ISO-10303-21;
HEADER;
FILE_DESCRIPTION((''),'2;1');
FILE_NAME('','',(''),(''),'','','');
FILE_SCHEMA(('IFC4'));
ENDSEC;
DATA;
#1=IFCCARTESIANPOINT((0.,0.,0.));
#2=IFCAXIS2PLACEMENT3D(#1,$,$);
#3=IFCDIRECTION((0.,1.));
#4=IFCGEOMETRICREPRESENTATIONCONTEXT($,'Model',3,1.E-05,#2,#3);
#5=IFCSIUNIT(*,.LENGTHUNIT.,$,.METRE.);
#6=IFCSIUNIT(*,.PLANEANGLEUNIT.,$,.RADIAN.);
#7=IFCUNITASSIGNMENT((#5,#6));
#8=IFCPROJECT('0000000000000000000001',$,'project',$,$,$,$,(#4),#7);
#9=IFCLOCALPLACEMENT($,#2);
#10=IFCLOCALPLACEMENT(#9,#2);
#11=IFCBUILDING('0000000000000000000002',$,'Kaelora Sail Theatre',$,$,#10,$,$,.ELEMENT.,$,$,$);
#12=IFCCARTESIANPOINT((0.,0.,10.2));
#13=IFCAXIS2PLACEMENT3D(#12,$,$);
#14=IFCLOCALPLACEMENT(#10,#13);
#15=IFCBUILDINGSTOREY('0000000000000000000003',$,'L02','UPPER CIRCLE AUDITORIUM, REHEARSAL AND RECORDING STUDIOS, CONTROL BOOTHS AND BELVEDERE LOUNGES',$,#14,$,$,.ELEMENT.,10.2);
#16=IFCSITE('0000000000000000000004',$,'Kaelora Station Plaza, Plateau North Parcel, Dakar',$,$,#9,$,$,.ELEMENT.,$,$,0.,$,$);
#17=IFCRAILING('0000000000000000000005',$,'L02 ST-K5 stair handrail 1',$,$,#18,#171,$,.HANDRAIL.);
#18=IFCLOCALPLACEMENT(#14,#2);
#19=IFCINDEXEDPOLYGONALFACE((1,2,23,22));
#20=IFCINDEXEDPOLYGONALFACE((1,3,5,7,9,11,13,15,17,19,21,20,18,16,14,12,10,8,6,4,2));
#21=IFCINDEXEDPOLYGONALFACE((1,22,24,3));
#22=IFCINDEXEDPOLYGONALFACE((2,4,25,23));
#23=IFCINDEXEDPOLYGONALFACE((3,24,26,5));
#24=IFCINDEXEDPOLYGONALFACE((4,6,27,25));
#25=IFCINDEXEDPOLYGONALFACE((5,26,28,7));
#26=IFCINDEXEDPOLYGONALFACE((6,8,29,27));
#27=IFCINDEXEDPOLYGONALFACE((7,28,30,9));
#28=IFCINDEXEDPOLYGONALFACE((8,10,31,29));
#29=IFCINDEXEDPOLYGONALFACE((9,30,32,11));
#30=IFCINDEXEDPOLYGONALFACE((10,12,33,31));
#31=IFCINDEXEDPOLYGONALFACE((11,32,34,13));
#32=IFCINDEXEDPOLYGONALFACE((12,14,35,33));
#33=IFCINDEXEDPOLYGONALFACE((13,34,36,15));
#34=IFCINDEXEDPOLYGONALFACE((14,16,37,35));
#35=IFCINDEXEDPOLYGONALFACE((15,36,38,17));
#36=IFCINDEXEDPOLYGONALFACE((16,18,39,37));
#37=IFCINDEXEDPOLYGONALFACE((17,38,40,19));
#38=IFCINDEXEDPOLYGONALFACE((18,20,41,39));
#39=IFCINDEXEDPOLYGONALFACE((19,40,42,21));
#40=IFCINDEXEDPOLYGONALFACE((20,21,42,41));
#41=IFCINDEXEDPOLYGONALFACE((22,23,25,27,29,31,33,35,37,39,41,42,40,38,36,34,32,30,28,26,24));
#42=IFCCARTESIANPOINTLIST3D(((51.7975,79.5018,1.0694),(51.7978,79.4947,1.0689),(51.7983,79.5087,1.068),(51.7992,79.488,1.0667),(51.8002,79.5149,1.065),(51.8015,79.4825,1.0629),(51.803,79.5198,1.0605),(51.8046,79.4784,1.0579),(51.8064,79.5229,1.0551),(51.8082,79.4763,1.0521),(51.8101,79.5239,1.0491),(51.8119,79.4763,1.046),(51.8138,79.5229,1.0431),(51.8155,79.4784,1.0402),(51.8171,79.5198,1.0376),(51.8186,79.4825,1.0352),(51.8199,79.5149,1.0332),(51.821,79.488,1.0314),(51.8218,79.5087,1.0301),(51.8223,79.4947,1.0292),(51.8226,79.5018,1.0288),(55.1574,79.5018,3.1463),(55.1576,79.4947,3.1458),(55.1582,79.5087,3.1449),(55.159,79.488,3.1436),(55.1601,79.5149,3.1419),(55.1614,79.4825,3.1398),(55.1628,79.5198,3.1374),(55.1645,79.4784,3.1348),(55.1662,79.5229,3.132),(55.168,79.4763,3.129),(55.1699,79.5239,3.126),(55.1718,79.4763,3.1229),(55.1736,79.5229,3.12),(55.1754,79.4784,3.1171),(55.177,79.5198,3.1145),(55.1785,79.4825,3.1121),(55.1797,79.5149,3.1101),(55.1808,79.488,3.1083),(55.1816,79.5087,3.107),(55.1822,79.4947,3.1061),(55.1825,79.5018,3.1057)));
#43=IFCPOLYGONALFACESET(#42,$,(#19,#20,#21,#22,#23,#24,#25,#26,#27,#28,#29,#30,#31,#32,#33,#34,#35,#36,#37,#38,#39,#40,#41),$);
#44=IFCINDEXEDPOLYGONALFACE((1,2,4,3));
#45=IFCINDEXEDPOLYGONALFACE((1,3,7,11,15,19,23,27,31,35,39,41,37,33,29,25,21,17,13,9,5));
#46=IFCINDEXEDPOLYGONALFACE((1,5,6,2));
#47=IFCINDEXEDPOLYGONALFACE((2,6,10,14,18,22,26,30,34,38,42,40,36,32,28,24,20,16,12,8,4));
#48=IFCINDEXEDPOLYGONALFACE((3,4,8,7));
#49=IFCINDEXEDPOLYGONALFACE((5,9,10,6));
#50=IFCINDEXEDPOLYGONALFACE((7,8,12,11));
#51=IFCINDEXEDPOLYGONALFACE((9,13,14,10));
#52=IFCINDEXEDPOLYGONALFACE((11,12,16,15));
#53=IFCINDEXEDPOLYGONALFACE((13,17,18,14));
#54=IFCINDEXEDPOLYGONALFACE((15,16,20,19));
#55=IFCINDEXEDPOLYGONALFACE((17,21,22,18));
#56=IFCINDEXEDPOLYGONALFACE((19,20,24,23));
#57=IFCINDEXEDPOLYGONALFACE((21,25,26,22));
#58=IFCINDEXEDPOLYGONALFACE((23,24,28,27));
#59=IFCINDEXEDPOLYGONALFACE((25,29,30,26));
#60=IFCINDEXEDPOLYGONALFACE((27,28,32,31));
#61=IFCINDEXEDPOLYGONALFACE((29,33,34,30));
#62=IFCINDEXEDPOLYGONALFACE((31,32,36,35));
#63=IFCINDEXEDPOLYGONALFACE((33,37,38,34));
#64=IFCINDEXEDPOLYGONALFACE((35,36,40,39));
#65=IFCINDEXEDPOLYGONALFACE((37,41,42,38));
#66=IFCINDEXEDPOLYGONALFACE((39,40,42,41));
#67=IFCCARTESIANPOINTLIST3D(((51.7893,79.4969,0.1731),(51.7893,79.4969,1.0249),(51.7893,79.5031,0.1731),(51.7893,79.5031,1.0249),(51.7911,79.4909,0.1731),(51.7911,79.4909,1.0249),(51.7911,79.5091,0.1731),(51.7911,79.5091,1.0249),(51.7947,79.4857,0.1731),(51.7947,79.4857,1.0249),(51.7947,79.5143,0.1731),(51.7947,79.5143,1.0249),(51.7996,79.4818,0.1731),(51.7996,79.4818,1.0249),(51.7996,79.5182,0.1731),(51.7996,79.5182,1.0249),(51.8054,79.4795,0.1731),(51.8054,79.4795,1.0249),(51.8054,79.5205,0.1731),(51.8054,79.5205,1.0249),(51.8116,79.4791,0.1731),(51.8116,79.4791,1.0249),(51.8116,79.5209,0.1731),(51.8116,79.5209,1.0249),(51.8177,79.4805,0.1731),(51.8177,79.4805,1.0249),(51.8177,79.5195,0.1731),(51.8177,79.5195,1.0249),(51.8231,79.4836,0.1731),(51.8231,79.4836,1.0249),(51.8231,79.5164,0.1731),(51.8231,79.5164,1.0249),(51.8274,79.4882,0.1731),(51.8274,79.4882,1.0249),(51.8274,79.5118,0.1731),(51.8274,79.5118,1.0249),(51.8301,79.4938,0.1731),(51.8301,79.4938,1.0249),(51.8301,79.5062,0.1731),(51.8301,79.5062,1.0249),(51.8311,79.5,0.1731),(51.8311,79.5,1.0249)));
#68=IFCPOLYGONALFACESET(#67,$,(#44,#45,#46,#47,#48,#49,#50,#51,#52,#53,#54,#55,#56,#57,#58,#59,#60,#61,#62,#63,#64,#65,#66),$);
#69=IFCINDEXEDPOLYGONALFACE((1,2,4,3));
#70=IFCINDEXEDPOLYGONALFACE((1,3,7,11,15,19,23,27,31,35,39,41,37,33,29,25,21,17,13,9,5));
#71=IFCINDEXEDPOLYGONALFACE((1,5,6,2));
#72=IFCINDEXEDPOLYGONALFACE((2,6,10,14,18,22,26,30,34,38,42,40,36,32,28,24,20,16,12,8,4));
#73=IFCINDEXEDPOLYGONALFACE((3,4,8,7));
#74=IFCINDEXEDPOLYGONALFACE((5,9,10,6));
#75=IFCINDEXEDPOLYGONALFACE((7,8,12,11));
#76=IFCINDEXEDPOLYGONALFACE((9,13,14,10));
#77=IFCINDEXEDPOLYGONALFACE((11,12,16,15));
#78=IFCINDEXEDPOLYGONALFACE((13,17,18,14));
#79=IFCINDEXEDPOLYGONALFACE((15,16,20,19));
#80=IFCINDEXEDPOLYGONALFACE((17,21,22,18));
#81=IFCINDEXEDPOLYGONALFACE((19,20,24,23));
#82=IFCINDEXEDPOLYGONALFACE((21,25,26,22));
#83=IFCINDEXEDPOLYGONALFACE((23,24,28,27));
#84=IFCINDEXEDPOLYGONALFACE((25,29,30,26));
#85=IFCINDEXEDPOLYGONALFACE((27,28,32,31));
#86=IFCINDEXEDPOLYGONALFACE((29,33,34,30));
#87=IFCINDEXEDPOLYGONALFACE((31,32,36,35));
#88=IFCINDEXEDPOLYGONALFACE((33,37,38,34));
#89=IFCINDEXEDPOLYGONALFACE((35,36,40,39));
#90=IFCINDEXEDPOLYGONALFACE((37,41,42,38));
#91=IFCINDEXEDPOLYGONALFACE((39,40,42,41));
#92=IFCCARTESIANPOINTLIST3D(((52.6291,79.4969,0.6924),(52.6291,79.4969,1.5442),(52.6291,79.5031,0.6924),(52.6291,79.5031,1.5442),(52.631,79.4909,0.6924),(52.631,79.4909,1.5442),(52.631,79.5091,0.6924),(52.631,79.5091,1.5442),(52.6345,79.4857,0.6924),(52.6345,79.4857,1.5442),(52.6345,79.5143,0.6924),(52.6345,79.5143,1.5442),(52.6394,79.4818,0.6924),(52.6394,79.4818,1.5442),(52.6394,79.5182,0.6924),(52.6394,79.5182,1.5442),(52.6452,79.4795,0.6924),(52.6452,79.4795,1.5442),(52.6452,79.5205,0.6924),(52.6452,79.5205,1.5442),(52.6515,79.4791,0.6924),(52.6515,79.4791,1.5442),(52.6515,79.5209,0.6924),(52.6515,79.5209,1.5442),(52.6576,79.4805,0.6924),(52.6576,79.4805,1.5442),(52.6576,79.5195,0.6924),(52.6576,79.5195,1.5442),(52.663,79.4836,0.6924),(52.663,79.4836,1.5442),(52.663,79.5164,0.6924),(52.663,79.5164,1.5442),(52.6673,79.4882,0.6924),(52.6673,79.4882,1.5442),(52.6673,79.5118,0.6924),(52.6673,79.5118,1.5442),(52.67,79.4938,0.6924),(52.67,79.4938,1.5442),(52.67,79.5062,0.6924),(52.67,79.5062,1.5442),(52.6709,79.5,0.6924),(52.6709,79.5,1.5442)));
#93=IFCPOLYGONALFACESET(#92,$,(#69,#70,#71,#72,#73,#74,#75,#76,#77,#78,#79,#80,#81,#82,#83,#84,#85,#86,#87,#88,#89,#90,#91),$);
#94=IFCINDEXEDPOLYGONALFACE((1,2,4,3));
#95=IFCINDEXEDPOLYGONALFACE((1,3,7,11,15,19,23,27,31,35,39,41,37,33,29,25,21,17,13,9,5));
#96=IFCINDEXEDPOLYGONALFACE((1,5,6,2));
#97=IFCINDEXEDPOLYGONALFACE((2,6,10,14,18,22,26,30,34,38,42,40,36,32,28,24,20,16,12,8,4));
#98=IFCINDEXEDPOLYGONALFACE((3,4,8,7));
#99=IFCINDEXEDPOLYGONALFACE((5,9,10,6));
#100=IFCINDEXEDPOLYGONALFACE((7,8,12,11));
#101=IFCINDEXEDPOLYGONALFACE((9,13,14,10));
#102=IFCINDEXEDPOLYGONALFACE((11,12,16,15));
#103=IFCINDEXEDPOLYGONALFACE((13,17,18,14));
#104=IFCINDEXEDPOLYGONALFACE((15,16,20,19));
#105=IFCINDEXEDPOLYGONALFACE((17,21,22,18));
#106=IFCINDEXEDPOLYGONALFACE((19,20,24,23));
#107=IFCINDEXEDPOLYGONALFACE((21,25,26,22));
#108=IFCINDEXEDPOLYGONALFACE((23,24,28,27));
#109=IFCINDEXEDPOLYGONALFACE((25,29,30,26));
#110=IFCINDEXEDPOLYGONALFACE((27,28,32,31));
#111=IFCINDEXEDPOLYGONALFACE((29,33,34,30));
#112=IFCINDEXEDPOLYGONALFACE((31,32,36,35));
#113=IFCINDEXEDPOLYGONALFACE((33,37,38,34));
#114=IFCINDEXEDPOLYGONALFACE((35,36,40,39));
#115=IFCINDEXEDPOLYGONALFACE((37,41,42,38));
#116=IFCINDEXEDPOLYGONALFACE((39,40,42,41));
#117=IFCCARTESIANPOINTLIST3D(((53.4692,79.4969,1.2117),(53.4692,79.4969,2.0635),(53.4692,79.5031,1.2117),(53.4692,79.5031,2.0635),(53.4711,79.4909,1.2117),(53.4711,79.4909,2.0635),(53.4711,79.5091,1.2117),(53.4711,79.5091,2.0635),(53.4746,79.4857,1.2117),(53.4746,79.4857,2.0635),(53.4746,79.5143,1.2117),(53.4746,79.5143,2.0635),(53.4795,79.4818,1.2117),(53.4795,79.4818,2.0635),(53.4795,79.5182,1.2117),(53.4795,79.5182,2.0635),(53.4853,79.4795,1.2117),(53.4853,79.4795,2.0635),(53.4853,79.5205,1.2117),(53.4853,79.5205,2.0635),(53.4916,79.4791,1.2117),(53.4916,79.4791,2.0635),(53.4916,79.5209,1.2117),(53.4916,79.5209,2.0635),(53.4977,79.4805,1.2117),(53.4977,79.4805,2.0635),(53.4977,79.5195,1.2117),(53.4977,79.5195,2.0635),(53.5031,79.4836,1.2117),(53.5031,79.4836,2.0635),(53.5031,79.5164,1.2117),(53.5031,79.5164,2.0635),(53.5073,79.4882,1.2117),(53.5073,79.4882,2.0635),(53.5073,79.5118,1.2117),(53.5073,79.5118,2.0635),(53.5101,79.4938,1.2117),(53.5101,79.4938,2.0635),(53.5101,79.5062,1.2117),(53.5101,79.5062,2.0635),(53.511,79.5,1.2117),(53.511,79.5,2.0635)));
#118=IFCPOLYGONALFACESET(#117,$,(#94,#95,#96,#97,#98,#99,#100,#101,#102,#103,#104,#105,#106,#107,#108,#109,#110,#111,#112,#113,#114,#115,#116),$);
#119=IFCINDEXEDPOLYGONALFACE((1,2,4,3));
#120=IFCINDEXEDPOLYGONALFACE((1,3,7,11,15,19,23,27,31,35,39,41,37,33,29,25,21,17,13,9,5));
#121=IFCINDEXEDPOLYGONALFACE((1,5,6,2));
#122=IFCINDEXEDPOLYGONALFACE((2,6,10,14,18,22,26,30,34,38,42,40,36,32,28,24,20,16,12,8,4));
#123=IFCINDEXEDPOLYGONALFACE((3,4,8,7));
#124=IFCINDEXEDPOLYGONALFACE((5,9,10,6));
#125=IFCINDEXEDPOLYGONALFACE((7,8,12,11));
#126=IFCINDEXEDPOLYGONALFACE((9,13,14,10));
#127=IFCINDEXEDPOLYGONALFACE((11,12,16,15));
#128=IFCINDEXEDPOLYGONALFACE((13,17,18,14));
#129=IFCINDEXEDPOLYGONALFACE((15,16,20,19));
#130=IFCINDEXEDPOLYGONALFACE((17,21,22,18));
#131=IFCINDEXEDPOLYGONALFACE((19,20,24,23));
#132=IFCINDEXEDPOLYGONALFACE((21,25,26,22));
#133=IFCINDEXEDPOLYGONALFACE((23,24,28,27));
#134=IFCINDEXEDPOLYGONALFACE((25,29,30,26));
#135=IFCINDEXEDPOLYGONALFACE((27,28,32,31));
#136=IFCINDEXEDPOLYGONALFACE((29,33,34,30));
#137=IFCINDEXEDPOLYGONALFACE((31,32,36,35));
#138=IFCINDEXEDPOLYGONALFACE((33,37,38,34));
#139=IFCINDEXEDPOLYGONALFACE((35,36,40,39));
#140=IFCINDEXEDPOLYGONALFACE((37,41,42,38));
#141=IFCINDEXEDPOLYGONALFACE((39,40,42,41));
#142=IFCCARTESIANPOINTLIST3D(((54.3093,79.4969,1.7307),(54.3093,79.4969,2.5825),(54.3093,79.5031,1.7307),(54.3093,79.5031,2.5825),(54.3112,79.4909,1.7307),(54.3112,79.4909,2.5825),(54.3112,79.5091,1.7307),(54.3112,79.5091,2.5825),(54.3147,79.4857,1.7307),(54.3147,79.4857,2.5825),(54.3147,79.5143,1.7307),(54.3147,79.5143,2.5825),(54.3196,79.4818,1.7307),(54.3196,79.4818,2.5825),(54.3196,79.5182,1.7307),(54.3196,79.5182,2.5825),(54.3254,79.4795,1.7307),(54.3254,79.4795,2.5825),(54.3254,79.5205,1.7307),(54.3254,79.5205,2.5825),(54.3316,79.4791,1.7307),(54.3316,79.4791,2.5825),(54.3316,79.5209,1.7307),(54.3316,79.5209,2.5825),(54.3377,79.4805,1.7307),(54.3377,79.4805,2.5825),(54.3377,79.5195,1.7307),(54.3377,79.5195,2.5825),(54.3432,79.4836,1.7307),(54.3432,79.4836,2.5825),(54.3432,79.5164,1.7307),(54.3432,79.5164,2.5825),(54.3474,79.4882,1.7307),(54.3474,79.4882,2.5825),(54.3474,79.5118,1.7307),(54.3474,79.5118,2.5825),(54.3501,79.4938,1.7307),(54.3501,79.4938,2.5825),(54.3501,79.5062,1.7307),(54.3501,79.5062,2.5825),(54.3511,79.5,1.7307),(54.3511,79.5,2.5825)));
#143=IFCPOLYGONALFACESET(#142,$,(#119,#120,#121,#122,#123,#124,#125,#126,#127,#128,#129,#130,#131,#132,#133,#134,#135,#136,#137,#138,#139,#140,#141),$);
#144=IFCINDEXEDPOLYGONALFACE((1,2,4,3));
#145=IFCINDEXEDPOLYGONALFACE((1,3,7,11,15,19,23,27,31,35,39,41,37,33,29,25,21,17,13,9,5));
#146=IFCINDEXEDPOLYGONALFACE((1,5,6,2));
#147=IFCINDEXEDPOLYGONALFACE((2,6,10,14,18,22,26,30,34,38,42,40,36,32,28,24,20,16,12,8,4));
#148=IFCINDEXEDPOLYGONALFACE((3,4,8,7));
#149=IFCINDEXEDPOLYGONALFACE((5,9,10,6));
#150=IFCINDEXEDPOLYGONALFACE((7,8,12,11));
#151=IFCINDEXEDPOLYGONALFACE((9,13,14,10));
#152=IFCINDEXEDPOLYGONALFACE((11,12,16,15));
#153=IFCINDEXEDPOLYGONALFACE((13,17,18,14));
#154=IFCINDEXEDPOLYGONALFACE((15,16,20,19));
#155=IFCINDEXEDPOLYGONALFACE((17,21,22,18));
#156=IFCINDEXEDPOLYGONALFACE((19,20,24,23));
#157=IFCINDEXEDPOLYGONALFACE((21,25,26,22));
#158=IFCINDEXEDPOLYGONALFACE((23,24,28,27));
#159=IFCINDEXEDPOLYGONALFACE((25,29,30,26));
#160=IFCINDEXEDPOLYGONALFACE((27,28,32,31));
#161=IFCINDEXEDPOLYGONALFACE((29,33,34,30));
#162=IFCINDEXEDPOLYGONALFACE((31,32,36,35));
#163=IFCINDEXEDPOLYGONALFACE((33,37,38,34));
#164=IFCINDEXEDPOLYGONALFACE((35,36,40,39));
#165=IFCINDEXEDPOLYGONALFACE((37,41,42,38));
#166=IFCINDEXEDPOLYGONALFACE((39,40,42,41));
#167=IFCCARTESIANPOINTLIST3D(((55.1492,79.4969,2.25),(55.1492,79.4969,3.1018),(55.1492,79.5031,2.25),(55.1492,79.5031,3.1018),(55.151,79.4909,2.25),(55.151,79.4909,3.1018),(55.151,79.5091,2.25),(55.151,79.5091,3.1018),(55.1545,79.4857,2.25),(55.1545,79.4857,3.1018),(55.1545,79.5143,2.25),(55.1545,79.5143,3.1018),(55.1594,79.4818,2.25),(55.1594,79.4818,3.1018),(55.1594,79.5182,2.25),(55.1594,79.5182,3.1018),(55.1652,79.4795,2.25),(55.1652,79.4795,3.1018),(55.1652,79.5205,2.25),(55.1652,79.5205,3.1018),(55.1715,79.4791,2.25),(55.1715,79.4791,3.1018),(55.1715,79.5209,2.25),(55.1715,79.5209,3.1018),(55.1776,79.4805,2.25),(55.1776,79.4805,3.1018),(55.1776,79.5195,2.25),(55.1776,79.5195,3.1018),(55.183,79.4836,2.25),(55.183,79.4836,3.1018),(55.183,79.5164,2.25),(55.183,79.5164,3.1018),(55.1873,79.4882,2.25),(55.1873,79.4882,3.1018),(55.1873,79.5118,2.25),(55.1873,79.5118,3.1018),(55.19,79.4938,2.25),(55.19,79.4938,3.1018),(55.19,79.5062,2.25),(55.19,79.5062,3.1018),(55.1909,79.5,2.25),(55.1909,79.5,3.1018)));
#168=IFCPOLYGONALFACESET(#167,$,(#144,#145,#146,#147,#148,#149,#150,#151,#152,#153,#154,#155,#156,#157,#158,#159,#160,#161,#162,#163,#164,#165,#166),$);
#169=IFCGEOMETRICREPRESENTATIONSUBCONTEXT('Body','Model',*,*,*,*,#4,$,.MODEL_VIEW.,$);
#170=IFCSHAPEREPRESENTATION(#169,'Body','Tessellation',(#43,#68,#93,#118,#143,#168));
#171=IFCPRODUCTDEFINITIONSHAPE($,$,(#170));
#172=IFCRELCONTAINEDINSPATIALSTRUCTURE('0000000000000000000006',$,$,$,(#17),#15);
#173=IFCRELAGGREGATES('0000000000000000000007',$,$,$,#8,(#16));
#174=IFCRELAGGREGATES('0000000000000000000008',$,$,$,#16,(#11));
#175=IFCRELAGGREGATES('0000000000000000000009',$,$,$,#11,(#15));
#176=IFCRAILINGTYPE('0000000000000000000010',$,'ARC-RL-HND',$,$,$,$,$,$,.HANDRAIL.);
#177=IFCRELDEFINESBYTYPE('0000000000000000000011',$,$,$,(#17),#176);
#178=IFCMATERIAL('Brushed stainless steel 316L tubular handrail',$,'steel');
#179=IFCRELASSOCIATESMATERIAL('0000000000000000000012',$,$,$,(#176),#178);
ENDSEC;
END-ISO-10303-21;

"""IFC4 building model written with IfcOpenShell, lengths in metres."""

from ifc_helpers import new_model, si_unit, direction, frame, origin, origin_2d, place, context, subcontext, project, spatial, circle, extrude, material, type_object, element, save


model = new_model("IFC4")

# Units and contexts
model_context = context("Model", 3, precision=1e-05, world=origin(), true_north=direction((0.0, 1.0)))
body_context = subcontext(model_context, "Body", "Model", "MODEL_VIEW")
ifc_project = project(units=[si_unit("LENGTHUNIT", "METRE"), si_unit("PLANEANGLEUNIT", "RADIAN")], contexts=[model_context])

# Site, building, storey
site_placement = place(None, origin())
site = spatial("IfcSite", under=ifc_project, at=site_placement, Name="Kaelora Station Plaza, Plateau North Parcel, Dakar", CompositionType="ELEMENT", RefElevation=0.0)
building_placement = place(site_placement, origin())
building = spatial("IfcBuilding", under=site, at=building_placement, Name="Kaelora Sail Theatre", CompositionType="ELEMENT")
storey_placement = place(building_placement, frame((0.0, 0.0, 10.2)))
storey = spatial("IfcBuildingStorey", under=building, at=storey_placement, Name="L02", Description="UPPER CIRCLE AUDITORIUM, REHEARSAL AND RECORDING STUDIOS, CONTROL BOOTHS AND BELVEDERE LOUNGES", CompositionType="ELEMENT", Elevation=10.2)

# Railing
ifc_material_1 = material(Name="Brushed stainless steel 316L tubular handrail", Category="steel")
railing_type_1 = type_object("IfcRailingType", Name="ARC-RL-HND", PredefinedType="HANDRAIL", material=ifc_material_1)
railing_1_placement = place(storey_placement, frame((51.8101, 79.5, 0.1731)))
element("IfcRailing", 1, at=railing_1_placement, inside=storey, type_object=railing_type_1, Name="L02 ST-K5 stair handrail 1", PredefinedType="HANDRAIL", context=body_context, shape_type="SweptSolid", body=[
    extrude(circle(Radius=0.0239, at=origin_2d()), frame((0.0, 0.0, 0.876), z_axis=(0.850606, 0.0, 0.525803), x_axis=(0.0, 1.0, 0.0)), (0.0, 0.0, 1.0), 3.95),
    extrude(circle(Radius=0.021, at=origin_2d()), origin(), (0.0, 0.0, 1.0), 0.8518),
    extrude(circle(Radius=0.021, at=origin_2d()), frame((0.8398, 0.0, 0.5193)), (0.0, 0.0, 1.0), 0.8518),
    extrude(circle(Radius=0.021, at=origin_2d()), frame((1.6799, 0.0, 1.0386)), (0.0, 0.0, 1.0), 0.8518),
    extrude(circle(Radius=0.021, at=origin_2d()), frame((2.52, 0.0, 1.5576)), (0.0, 0.0, 1.0), 0.8518),
    extrude(circle(Radius=0.021, at=origin_2d()), frame((3.3599, 0.0, 2.0769)), (0.0, 0.0, 1.0), 0.8518),
])

save(model, "model.ifc")
